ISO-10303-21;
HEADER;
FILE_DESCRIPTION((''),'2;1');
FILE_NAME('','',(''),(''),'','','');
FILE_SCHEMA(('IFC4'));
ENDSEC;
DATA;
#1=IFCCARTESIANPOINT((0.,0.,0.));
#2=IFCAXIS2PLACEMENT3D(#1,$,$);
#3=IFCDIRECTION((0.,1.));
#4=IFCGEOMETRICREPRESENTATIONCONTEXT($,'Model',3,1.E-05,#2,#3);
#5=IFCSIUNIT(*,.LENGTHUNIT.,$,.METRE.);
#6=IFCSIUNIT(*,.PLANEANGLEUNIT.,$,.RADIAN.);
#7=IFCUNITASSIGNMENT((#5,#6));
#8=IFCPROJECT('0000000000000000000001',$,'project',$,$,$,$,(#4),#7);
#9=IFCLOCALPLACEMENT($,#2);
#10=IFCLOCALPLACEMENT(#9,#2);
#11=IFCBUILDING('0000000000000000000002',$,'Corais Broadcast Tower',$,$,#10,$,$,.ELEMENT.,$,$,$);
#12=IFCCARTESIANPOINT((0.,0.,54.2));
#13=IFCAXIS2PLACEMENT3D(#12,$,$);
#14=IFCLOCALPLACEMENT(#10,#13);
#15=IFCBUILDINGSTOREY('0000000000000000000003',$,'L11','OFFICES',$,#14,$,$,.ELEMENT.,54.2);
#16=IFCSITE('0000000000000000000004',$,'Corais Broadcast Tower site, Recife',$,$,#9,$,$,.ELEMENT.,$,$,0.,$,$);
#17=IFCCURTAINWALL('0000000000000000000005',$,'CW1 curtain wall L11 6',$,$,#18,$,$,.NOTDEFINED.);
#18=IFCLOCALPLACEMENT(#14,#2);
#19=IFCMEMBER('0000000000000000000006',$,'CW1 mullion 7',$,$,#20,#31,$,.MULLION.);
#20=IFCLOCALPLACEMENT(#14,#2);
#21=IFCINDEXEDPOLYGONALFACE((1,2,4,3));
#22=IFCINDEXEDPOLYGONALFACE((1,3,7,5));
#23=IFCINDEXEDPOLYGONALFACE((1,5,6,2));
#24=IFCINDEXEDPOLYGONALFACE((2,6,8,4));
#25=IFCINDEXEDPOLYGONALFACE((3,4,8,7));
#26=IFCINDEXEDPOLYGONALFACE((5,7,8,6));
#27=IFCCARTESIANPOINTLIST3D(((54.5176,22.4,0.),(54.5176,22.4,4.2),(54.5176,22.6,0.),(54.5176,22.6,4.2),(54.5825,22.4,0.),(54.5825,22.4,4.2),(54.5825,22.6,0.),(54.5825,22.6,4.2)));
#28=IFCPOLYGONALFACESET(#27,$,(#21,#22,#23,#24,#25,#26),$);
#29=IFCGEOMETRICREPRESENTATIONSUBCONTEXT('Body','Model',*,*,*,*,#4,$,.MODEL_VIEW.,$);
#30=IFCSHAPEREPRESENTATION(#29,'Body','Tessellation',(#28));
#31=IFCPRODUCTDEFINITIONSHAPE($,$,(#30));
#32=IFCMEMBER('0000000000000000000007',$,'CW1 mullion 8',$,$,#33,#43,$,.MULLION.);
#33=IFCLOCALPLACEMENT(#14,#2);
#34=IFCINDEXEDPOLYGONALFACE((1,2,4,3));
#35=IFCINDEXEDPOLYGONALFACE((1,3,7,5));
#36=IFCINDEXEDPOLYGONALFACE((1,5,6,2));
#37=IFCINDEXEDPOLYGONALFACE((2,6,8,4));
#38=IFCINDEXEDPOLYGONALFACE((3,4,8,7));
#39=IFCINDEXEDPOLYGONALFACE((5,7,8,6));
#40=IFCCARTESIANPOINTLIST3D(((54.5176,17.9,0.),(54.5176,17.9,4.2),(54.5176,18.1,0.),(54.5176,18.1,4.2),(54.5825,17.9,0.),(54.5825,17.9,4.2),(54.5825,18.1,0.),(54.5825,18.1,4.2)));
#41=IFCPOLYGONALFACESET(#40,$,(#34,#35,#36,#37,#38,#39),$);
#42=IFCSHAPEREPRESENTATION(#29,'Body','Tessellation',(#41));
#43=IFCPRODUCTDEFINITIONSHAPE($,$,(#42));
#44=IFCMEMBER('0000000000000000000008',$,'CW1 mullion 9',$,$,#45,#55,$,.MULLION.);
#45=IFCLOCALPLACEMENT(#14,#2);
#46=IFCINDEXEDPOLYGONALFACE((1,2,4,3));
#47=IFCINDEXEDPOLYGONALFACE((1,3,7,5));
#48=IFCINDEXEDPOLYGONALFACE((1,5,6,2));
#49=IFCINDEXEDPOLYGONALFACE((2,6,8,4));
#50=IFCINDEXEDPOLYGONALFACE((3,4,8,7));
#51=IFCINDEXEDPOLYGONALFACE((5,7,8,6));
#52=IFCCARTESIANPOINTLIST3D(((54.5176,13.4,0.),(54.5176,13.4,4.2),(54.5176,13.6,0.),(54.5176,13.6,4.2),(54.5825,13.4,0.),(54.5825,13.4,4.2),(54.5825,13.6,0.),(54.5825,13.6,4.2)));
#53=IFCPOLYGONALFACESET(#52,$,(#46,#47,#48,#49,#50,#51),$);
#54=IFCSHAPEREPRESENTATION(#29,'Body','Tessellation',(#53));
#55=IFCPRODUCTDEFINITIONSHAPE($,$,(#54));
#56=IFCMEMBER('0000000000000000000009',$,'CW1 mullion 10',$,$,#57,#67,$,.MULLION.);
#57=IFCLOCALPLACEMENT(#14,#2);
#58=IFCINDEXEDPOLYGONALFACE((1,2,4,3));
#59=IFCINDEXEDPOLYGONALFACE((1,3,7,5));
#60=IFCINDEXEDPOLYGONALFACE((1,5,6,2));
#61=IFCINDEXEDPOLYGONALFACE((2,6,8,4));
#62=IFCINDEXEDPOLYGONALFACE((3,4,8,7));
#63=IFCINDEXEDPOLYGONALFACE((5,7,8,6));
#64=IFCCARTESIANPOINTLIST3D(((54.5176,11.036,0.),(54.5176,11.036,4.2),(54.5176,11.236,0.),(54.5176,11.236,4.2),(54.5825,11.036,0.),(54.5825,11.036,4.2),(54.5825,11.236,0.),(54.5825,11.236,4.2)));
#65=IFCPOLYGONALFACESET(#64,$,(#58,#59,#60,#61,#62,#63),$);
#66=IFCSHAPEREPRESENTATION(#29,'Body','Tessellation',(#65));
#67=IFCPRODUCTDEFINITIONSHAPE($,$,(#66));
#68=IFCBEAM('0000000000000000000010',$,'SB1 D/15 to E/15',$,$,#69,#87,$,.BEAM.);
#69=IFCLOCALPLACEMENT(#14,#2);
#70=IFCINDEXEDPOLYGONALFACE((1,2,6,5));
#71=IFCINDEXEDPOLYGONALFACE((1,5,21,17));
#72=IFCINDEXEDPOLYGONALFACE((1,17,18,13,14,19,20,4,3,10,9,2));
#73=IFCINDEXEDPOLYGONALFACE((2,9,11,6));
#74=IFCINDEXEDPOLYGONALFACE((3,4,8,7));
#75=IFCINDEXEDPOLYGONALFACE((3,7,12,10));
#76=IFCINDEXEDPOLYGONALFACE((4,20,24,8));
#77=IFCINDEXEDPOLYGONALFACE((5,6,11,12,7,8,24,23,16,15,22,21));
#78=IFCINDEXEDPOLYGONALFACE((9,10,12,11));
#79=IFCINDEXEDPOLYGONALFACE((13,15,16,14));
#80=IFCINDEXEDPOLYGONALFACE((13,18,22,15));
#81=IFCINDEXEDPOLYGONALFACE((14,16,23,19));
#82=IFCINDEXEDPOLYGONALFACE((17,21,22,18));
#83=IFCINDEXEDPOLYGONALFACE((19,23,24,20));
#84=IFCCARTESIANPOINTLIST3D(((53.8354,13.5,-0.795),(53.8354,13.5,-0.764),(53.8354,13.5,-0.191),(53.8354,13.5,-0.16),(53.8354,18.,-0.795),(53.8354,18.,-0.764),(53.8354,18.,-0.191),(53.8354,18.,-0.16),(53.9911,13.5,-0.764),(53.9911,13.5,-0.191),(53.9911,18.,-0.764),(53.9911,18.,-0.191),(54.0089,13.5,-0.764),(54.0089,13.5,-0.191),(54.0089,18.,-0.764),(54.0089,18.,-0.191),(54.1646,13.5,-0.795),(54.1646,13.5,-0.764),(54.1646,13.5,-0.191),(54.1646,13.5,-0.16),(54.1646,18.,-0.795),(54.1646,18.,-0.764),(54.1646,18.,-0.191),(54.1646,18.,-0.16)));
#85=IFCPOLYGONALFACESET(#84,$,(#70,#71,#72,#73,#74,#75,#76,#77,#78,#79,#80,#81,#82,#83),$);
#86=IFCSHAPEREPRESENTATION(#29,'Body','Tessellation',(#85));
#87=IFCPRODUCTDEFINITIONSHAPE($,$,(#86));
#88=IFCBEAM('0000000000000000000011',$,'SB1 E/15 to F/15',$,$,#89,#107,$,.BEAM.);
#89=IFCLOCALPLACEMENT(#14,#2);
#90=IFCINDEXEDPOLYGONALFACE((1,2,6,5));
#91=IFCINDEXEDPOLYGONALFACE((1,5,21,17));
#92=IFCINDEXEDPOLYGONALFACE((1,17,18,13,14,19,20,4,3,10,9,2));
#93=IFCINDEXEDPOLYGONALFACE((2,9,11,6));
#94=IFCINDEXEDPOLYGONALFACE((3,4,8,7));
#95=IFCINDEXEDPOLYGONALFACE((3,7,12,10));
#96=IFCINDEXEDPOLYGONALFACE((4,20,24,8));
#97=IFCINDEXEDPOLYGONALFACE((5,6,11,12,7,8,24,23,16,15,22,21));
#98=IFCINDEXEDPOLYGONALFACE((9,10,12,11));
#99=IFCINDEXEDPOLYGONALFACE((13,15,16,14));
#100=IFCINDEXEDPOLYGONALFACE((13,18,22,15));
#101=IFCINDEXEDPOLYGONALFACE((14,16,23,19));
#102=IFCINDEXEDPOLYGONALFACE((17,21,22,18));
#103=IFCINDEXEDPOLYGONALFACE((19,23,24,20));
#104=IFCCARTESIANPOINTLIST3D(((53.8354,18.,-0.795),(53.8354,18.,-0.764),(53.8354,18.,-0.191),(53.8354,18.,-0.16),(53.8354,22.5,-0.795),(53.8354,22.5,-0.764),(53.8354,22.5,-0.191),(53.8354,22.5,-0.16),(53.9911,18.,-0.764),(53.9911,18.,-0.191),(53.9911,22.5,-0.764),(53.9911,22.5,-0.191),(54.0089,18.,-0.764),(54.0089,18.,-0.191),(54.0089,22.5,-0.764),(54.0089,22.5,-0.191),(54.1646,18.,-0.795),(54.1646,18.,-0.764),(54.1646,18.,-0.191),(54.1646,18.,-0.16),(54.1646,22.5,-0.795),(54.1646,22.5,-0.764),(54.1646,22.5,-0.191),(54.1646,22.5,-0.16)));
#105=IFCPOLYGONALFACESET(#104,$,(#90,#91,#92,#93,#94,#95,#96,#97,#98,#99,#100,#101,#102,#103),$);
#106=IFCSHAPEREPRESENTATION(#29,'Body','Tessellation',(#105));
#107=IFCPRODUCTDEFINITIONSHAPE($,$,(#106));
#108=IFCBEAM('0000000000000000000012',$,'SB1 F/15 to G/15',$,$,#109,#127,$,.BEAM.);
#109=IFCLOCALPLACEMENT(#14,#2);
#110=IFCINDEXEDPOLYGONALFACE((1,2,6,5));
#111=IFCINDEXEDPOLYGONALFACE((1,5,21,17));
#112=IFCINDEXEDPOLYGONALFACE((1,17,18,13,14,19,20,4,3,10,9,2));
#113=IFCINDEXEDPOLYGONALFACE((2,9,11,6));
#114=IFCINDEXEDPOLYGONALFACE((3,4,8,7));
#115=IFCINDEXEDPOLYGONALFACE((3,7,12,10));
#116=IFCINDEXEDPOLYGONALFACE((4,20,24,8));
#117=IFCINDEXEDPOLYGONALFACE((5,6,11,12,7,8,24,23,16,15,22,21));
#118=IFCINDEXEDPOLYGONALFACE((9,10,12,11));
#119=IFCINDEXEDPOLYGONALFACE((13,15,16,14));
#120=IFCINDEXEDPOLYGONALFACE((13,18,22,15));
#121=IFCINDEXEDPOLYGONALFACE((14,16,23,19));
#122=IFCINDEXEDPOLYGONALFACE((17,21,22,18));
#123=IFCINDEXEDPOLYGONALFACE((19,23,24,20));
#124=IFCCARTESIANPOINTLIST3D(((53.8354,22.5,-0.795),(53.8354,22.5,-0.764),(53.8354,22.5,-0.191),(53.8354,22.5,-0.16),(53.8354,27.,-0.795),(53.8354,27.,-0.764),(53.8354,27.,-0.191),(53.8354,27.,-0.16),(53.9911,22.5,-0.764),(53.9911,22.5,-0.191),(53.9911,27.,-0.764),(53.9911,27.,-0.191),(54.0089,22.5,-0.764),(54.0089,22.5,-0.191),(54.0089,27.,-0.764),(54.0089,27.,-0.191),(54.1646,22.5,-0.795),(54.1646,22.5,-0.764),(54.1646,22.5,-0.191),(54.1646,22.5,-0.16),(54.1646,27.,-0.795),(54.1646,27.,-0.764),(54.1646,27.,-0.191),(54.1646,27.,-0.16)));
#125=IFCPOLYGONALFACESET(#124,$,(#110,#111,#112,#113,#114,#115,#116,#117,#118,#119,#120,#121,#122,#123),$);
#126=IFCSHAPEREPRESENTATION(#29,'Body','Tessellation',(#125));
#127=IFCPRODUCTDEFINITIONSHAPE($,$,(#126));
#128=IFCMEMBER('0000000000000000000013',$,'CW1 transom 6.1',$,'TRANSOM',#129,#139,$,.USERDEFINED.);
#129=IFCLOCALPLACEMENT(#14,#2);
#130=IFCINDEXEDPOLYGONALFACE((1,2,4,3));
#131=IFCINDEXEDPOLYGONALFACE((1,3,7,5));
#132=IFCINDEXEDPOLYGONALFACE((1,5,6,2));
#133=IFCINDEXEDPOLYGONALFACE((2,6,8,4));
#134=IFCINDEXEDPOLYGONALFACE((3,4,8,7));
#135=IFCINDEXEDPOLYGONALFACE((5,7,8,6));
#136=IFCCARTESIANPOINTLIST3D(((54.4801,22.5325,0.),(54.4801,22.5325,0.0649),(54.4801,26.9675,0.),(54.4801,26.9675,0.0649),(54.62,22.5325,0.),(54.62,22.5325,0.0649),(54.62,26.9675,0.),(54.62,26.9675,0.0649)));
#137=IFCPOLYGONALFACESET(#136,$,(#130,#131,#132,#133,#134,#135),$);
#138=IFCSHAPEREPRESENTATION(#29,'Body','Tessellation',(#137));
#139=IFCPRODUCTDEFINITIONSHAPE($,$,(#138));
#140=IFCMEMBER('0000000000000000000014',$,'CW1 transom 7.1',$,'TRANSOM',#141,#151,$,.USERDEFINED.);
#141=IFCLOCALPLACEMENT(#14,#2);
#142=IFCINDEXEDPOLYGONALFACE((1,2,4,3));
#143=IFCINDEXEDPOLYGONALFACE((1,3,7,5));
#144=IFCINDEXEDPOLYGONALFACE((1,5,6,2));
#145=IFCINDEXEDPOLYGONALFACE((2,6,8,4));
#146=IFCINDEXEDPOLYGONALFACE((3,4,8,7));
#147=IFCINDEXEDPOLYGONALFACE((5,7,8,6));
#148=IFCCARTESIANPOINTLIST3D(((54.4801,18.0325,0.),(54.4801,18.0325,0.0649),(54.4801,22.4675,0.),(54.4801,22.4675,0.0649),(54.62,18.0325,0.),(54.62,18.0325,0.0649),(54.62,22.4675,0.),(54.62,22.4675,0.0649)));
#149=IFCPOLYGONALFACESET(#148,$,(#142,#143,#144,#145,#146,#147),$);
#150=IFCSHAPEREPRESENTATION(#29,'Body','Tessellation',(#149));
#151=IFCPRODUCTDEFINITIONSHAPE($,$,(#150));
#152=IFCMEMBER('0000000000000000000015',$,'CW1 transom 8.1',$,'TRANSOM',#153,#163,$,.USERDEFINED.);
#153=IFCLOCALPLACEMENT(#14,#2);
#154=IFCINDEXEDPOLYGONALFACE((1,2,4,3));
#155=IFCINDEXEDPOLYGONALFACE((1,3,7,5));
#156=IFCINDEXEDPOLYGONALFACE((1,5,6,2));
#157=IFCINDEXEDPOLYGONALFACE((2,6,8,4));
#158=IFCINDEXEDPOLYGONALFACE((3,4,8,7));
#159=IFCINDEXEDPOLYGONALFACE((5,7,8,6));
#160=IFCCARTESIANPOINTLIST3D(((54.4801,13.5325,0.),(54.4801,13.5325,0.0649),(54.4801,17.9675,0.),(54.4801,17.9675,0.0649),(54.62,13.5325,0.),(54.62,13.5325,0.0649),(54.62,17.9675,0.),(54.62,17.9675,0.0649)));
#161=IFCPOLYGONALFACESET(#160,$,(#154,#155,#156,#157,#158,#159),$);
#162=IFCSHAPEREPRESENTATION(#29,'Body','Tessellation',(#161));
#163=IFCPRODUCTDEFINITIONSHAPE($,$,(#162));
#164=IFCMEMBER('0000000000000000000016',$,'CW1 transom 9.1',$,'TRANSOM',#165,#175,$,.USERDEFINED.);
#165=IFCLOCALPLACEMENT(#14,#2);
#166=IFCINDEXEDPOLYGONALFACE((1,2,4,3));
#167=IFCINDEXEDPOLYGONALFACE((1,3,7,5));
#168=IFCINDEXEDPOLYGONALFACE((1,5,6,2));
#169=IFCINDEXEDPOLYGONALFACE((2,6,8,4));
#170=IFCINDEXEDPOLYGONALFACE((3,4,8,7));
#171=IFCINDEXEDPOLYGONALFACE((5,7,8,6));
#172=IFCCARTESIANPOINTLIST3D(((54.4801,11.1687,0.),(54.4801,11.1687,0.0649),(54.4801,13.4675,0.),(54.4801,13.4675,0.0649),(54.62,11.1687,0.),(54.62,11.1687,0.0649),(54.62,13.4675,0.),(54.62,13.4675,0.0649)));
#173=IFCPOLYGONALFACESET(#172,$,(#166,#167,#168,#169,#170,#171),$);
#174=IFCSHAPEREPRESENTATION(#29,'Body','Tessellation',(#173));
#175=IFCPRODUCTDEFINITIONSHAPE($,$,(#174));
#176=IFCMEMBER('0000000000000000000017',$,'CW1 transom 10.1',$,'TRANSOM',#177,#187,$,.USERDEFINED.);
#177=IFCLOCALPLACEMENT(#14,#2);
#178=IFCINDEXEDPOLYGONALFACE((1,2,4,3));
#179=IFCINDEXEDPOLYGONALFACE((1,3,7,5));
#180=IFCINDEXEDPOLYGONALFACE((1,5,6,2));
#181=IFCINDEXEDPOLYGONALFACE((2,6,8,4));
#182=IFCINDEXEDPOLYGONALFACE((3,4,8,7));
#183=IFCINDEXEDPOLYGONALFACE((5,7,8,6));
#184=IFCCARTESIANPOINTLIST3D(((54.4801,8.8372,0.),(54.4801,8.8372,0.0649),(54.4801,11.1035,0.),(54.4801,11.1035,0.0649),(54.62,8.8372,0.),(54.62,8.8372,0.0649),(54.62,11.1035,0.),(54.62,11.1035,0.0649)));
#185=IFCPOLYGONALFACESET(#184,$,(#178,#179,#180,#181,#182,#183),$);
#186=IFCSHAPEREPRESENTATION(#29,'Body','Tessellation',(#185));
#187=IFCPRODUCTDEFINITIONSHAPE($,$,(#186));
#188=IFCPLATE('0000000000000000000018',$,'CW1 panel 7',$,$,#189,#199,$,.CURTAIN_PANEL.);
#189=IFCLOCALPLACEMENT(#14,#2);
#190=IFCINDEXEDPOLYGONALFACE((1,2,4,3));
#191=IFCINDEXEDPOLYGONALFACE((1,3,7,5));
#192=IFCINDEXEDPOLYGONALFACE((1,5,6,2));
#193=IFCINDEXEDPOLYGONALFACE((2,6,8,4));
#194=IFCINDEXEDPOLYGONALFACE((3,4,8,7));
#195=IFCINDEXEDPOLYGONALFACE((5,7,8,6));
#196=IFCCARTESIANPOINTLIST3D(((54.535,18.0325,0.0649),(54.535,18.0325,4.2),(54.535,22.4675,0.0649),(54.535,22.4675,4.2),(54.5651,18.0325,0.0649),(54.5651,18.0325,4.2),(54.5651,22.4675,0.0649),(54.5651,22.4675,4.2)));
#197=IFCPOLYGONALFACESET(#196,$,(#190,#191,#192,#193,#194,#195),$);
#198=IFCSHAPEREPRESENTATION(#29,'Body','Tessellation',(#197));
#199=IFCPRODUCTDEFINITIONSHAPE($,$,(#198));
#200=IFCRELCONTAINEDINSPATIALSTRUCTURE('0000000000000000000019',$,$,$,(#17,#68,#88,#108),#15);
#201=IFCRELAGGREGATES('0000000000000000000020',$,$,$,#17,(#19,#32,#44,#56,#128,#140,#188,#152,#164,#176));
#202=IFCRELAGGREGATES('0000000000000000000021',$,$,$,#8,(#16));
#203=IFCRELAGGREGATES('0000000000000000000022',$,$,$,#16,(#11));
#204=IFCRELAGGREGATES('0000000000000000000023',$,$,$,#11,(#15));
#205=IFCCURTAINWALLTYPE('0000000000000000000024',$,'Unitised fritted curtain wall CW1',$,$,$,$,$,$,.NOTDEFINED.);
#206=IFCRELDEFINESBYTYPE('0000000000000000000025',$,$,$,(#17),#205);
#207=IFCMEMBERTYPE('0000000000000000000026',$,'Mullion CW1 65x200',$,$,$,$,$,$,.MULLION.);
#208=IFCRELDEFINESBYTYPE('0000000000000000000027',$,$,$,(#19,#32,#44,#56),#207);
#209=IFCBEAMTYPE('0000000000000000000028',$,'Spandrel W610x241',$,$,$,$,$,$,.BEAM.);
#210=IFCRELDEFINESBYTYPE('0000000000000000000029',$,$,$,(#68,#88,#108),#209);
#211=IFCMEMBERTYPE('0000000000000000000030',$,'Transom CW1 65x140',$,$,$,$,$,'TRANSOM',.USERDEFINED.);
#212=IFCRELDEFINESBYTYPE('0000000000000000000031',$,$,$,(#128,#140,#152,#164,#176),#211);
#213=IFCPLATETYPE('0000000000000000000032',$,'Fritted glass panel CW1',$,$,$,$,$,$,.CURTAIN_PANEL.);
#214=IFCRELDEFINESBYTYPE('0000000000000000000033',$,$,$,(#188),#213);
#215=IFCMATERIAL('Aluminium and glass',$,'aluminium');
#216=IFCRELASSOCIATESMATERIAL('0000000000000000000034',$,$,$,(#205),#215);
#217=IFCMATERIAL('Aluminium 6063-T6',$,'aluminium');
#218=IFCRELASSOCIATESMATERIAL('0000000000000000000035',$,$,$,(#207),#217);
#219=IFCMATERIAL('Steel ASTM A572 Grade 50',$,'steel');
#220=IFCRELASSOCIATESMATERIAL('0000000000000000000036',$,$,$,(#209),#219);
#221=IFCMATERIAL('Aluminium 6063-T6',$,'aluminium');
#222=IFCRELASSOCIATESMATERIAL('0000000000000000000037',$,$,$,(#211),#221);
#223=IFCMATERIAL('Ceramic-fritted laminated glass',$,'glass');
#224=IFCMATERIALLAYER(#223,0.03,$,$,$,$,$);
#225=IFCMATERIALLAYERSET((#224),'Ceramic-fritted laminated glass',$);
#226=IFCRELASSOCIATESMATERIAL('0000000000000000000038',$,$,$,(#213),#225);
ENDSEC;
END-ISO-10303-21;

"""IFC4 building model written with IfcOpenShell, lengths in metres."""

from ifc_helpers import new_model, si_unit, direction, frame, origin, origin_2d, place, context, subcontext, project, spatial, rectangle, i_section, extrude, material, layer, layer_set, material_profile, profile_set, type_object, element, aggregate, save


model = new_model("IFC4")

# Units and contexts
model_context = context("Model", 3, precision=1e-05, world=origin(), true_north=direction((0.0, 1.0)))
body_context = subcontext(model_context, "Body", "Model", "MODEL_VIEW")
ifc_project = project(units=[si_unit("LENGTHUNIT", "METRE"), si_unit("PLANEANGLEUNIT", "RADIAN")], contexts=[model_context])

# Site, building, storey
site_placement = place(None, origin())
site = spatial("IfcSite", under=ifc_project, at=site_placement, Name="Corais Broadcast Tower site, Recife", CompositionType="ELEMENT", RefElevation=0.0)
building_placement = place(site_placement, origin())
building = spatial("IfcBuilding", under=site, at=building_placement, Name="Corais Broadcast Tower", CompositionType="ELEMENT")
storey_placement = place(building_placement, frame((0.0, 0.0, 54.2)))
storey = spatial("IfcBuildingStorey", under=building, at=storey_placement, Name="L11", Description="OFFICES", CompositionType="ELEMENT", Elevation=54.2)

# Curtain wall, members
ifc_material_1 = material(Name="Aluminium and glass", Category="aluminium")
curtain_wall_type = type_object("IfcCurtainWallType", Name="Unitised fritted curtain wall CW1", PredefinedType="NOTDEFINED", material=ifc_material_1)
curtain_wall_placement = place(storey_placement, origin())
curtain_wall = element("IfcCurtainWall", 1, at=curtain_wall_placement, inside=storey, type_object=curtain_wall_type, Name="CW1 curtain wall L11 6", PredefinedType="NOTDEFINED")
ifc_material_2 = material(Name="Aluminium 6063-T6", Category="aluminium")
ifc_material_profile_1 = material_profile(ifc_material_2, rectangle(XDim=0.0649, YDim=0.2, at=origin_2d()), Name="Mullion CW1 65x200")
ifc_profile_set_1 = profile_set([ifc_material_profile_1], Name="Aluminium 6063-T6")
member_type_1 = type_object("IfcMemberType", Name="Mullion CW1 65x200", PredefinedType="MULLION", material=ifc_profile_set_1)
member_1_placement = place(storey_placement, frame((54.55, 22.5, 0.0), z_axis=(0.0, 0.0, 1.0), x_axis=(1.0, 0.0, 0.0)))
member_1 = element("IfcMember", 2, at=member_1_placement, type_object=member_type_1, Name="CW1 mullion 7", PredefinedType="MULLION", context=body_context, shape_type="SweptSolid", body=[
    extrude(rectangle(XDim=0.0649, YDim=0.2, at=origin_2d()), origin(), (0.0, 0.0, 1.0), 4.2),
])
member_2_placement = place(storey_placement, frame((54.55, 18.0, 0.0), z_axis=(0.0, 0.0, 1.0), x_axis=(1.0, 0.0, 0.0)))
member_2 = element("IfcMember", 3, at=member_2_placement, type_object=member_type_1, Name="CW1 mullion 8", PredefinedType="MULLION", context=body_context, shape_type="SweptSolid", body=[
    extrude(rectangle(XDim=0.0649, YDim=0.2, at=origin_2d()), origin(), (0.0, 0.0, 1.0), 4.2),
])
member_3_placement = place(storey_placement, frame((54.55, 13.5, 0.0), z_axis=(0.0, 0.0, 1.0), x_axis=(1.0, 0.0, 0.0)))
member_3 = element("IfcMember", 4, at=member_3_placement, type_object=member_type_1, Name="CW1 mullion 9", PredefinedType="MULLION", context=body_context, shape_type="SweptSolid", body=[
    extrude(rectangle(XDim=0.0649, YDim=0.2, at=origin_2d()), origin(), (0.0, 0.0, 1.0), 4.2),
])
member_4_placement = place(storey_placement, frame((54.55, 11.136, 0.0), z_axis=(0.0, 0.0, 1.0), x_axis=(1.0, 0.0, 0.0)))
member_4 = element("IfcMember", 5, at=member_4_placement, type_object=member_type_1, Name="CW1 mullion 10", PredefinedType="MULLION", context=body_context, shape_type="SweptSolid", body=[
    extrude(rectangle(XDim=0.0649, YDim=0.2, at=origin_2d()), origin(), (0.0, 0.0, 1.0), 4.2),
])

# Beams
ifc_material_3 = material(Name="Steel ASTM A572 Grade 50", Category="steel")
ifc_material_profile_2 = material_profile(ifc_material_3, i_section(OverallWidth=0.3291, OverallDepth=0.635, WebThickness=0.0178, FlangeThickness=0.031, at=origin_2d()), Name="W610x241")
ifc_profile_set_2 = profile_set([ifc_material_profile_2], Name="Steel ASTM A572 Grade 50")
beam_type_1 = type_object("IfcBeamType", Name="Spandrel W610x241", PredefinedType="BEAM", material=ifc_profile_set_2)
for number, where, z_axis, x_axis, name in (
    (6, (54.0, 13.5, -0.4775), (0.0, 1.0, 0.0), (-1.0, 0.0, 0.0), "SB1 D/15 to E/15"),
    (7, (54.0, 18.0, -0.4775), (0.0, 1.0, 0.0), (-1.0, 0.0, 0.0), "SB1 E/15 to F/15"),
    (8, (54.0, 22.5, -0.4775), (0.0, 1.0, 0.0), (-1.0, 0.0, 0.0), "SB1 F/15 to G/15"),
):
    element("IfcBeam", number, at=place(storey_placement, frame(where, z_axis=z_axis, x_axis=x_axis)), inside=storey, type_object=beam_type_1, Name=name, PredefinedType="BEAM", context=body_context, shape_type="SweptSolid", body=[
        extrude(i_section(OverallWidth=0.3291, OverallDepth=0.635, WebThickness=0.0178, FlangeThickness=0.031, at=origin_2d()), origin(), (0.0, 0.0, 1.0), 4.5),
    ])

# Members
ifc_material_4 = material(Name="Aluminium 6063-T6", Category="aluminium")
ifc_material_profile_3 = material_profile(ifc_material_4, rectangle(XDim=0.1399, YDim=0.0649, at=origin_2d()), Name="Transom CW1 65x140")
ifc_profile_set_3 = profile_set([ifc_material_profile_3], Name="Aluminium 6063-T6")
member_type_2 = type_object("IfcMemberType", Name="Transom CW1 65x140", ElementType="TRANSOM", PredefinedType="USERDEFINED", material=ifc_profile_set_3)
member_5_placement = place(storey_placement, frame((54.55, 26.9675, 0.0325), z_axis=(0.0, -1.0, 0.0), x_axis=(1.0, 0.0, 0.0)))
member_5 = element("IfcMember", 9, at=member_5_placement, type_object=member_type_2, Name="CW1 transom 6.1", ObjectType="TRANSOM", PredefinedType="USERDEFINED", context=body_context, shape_type="SweptSolid", body=[
    extrude(rectangle(XDim=0.1399, YDim=0.0649, at=origin_2d()), origin(), (0.0, 0.0, 1.0), 4.4351),
])
member_6_placement = place(storey_placement, frame((54.55, 22.4675, 0.0325), z_axis=(0.0, -1.0, 0.0), x_axis=(1.0, 0.0, 0.0)))
member_6 = element("IfcMember", 10, at=member_6_placement, type_object=member_type_2, Name="CW1 transom 7.1", ObjectType="TRANSOM", PredefinedType="USERDEFINED", context=body_context, shape_type="SweptSolid", body=[
    extrude(rectangle(XDim=0.1399, YDim=0.0649, at=origin_2d()), origin(), (0.0, 0.0, 1.0), 4.4351),
])
member_7_placement = place(storey_placement, frame((54.55, 17.9675, 0.0325), z_axis=(0.0, -1.0, 0.0), x_axis=(1.0, 0.0, 0.0)))
member_7 = element("IfcMember", 11, at=member_7_placement, type_object=member_type_2, Name="CW1 transom 8.1", ObjectType="TRANSOM", PredefinedType="USERDEFINED", context=body_context, shape_type="SweptSolid", body=[
    extrude(rectangle(XDim=0.1399, YDim=0.0649, at=origin_2d()), origin(), (0.0, 0.0, 1.0), 4.4351),
])
member_8_placement = place(storey_placement, frame((54.55, 13.4675, 0.0325), z_axis=(0.0, -1.0, 0.0), x_axis=(1.0, 0.0, 0.0)))
member_8 = element("IfcMember", 12, at=member_8_placement, type_object=member_type_2, Name="CW1 transom 9.1", ObjectType="TRANSOM", PredefinedType="USERDEFINED", context=body_context, shape_type="SweptSolid", body=[
    extrude(rectangle(XDim=0.1399, YDim=0.0649, at=origin_2d()), origin(), (0.0, 0.0, 1.0), 2.2988),
])
member_9_placement = place(storey_placement, frame((54.55, 11.1035, 0.0325), z_axis=(0.0, -1.0, 0.0), x_axis=(1.0, 0.0, 0.0)))
member_9 = element("IfcMember", 13, at=member_9_placement, type_object=member_type_2, Name="CW1 transom 10.1", ObjectType="TRANSOM", PredefinedType="USERDEFINED", context=body_context, shape_type="SweptSolid", body=[
    extrude(rectangle(XDim=0.1399, YDim=0.0649, at=origin_2d()), origin(), (0.0, 0.0, 1.0), 2.2664),
])

# Plate
ifc_material_5 = material(Name="Ceramic-fritted laminated glass", Category="glass")
ifc_layer_1 = layer(ifc_material_5, 0.03)
ifc_layer_set_1 = layer_set([ifc_layer_1], Name="Ceramic-fritted laminated glass")
plate_type_1 = type_object("IfcPlateType", Name="Fritted glass panel CW1", PredefinedType="CURTAIN_PANEL", material=ifc_layer_set_1)
plate_1_placement = place(storey_placement, frame((54.55, 20.25, 0.0649), z_axis=(0.0, 0.0, 1.0), x_axis=(0.0, -1.0, 0.0)))
plate_1 = element("IfcPlate", 14, at=plate_1_placement, type_object=plate_type_1, Name="CW1 panel 7", PredefinedType="CURTAIN_PANEL", context=body_context, shape_type="SweptSolid", body=[
    extrude(rectangle(XDim=4.4351, YDim=0.03, at=origin_2d()), origin(), (0.0, 0.0, 1.0), 4.135),
])
aggregate(curtain_wall, [member_1, member_2, member_3, member_4, member_5, member_6, plate_1, member_7, member_8, member_9])

save(model, "model.ifc")
